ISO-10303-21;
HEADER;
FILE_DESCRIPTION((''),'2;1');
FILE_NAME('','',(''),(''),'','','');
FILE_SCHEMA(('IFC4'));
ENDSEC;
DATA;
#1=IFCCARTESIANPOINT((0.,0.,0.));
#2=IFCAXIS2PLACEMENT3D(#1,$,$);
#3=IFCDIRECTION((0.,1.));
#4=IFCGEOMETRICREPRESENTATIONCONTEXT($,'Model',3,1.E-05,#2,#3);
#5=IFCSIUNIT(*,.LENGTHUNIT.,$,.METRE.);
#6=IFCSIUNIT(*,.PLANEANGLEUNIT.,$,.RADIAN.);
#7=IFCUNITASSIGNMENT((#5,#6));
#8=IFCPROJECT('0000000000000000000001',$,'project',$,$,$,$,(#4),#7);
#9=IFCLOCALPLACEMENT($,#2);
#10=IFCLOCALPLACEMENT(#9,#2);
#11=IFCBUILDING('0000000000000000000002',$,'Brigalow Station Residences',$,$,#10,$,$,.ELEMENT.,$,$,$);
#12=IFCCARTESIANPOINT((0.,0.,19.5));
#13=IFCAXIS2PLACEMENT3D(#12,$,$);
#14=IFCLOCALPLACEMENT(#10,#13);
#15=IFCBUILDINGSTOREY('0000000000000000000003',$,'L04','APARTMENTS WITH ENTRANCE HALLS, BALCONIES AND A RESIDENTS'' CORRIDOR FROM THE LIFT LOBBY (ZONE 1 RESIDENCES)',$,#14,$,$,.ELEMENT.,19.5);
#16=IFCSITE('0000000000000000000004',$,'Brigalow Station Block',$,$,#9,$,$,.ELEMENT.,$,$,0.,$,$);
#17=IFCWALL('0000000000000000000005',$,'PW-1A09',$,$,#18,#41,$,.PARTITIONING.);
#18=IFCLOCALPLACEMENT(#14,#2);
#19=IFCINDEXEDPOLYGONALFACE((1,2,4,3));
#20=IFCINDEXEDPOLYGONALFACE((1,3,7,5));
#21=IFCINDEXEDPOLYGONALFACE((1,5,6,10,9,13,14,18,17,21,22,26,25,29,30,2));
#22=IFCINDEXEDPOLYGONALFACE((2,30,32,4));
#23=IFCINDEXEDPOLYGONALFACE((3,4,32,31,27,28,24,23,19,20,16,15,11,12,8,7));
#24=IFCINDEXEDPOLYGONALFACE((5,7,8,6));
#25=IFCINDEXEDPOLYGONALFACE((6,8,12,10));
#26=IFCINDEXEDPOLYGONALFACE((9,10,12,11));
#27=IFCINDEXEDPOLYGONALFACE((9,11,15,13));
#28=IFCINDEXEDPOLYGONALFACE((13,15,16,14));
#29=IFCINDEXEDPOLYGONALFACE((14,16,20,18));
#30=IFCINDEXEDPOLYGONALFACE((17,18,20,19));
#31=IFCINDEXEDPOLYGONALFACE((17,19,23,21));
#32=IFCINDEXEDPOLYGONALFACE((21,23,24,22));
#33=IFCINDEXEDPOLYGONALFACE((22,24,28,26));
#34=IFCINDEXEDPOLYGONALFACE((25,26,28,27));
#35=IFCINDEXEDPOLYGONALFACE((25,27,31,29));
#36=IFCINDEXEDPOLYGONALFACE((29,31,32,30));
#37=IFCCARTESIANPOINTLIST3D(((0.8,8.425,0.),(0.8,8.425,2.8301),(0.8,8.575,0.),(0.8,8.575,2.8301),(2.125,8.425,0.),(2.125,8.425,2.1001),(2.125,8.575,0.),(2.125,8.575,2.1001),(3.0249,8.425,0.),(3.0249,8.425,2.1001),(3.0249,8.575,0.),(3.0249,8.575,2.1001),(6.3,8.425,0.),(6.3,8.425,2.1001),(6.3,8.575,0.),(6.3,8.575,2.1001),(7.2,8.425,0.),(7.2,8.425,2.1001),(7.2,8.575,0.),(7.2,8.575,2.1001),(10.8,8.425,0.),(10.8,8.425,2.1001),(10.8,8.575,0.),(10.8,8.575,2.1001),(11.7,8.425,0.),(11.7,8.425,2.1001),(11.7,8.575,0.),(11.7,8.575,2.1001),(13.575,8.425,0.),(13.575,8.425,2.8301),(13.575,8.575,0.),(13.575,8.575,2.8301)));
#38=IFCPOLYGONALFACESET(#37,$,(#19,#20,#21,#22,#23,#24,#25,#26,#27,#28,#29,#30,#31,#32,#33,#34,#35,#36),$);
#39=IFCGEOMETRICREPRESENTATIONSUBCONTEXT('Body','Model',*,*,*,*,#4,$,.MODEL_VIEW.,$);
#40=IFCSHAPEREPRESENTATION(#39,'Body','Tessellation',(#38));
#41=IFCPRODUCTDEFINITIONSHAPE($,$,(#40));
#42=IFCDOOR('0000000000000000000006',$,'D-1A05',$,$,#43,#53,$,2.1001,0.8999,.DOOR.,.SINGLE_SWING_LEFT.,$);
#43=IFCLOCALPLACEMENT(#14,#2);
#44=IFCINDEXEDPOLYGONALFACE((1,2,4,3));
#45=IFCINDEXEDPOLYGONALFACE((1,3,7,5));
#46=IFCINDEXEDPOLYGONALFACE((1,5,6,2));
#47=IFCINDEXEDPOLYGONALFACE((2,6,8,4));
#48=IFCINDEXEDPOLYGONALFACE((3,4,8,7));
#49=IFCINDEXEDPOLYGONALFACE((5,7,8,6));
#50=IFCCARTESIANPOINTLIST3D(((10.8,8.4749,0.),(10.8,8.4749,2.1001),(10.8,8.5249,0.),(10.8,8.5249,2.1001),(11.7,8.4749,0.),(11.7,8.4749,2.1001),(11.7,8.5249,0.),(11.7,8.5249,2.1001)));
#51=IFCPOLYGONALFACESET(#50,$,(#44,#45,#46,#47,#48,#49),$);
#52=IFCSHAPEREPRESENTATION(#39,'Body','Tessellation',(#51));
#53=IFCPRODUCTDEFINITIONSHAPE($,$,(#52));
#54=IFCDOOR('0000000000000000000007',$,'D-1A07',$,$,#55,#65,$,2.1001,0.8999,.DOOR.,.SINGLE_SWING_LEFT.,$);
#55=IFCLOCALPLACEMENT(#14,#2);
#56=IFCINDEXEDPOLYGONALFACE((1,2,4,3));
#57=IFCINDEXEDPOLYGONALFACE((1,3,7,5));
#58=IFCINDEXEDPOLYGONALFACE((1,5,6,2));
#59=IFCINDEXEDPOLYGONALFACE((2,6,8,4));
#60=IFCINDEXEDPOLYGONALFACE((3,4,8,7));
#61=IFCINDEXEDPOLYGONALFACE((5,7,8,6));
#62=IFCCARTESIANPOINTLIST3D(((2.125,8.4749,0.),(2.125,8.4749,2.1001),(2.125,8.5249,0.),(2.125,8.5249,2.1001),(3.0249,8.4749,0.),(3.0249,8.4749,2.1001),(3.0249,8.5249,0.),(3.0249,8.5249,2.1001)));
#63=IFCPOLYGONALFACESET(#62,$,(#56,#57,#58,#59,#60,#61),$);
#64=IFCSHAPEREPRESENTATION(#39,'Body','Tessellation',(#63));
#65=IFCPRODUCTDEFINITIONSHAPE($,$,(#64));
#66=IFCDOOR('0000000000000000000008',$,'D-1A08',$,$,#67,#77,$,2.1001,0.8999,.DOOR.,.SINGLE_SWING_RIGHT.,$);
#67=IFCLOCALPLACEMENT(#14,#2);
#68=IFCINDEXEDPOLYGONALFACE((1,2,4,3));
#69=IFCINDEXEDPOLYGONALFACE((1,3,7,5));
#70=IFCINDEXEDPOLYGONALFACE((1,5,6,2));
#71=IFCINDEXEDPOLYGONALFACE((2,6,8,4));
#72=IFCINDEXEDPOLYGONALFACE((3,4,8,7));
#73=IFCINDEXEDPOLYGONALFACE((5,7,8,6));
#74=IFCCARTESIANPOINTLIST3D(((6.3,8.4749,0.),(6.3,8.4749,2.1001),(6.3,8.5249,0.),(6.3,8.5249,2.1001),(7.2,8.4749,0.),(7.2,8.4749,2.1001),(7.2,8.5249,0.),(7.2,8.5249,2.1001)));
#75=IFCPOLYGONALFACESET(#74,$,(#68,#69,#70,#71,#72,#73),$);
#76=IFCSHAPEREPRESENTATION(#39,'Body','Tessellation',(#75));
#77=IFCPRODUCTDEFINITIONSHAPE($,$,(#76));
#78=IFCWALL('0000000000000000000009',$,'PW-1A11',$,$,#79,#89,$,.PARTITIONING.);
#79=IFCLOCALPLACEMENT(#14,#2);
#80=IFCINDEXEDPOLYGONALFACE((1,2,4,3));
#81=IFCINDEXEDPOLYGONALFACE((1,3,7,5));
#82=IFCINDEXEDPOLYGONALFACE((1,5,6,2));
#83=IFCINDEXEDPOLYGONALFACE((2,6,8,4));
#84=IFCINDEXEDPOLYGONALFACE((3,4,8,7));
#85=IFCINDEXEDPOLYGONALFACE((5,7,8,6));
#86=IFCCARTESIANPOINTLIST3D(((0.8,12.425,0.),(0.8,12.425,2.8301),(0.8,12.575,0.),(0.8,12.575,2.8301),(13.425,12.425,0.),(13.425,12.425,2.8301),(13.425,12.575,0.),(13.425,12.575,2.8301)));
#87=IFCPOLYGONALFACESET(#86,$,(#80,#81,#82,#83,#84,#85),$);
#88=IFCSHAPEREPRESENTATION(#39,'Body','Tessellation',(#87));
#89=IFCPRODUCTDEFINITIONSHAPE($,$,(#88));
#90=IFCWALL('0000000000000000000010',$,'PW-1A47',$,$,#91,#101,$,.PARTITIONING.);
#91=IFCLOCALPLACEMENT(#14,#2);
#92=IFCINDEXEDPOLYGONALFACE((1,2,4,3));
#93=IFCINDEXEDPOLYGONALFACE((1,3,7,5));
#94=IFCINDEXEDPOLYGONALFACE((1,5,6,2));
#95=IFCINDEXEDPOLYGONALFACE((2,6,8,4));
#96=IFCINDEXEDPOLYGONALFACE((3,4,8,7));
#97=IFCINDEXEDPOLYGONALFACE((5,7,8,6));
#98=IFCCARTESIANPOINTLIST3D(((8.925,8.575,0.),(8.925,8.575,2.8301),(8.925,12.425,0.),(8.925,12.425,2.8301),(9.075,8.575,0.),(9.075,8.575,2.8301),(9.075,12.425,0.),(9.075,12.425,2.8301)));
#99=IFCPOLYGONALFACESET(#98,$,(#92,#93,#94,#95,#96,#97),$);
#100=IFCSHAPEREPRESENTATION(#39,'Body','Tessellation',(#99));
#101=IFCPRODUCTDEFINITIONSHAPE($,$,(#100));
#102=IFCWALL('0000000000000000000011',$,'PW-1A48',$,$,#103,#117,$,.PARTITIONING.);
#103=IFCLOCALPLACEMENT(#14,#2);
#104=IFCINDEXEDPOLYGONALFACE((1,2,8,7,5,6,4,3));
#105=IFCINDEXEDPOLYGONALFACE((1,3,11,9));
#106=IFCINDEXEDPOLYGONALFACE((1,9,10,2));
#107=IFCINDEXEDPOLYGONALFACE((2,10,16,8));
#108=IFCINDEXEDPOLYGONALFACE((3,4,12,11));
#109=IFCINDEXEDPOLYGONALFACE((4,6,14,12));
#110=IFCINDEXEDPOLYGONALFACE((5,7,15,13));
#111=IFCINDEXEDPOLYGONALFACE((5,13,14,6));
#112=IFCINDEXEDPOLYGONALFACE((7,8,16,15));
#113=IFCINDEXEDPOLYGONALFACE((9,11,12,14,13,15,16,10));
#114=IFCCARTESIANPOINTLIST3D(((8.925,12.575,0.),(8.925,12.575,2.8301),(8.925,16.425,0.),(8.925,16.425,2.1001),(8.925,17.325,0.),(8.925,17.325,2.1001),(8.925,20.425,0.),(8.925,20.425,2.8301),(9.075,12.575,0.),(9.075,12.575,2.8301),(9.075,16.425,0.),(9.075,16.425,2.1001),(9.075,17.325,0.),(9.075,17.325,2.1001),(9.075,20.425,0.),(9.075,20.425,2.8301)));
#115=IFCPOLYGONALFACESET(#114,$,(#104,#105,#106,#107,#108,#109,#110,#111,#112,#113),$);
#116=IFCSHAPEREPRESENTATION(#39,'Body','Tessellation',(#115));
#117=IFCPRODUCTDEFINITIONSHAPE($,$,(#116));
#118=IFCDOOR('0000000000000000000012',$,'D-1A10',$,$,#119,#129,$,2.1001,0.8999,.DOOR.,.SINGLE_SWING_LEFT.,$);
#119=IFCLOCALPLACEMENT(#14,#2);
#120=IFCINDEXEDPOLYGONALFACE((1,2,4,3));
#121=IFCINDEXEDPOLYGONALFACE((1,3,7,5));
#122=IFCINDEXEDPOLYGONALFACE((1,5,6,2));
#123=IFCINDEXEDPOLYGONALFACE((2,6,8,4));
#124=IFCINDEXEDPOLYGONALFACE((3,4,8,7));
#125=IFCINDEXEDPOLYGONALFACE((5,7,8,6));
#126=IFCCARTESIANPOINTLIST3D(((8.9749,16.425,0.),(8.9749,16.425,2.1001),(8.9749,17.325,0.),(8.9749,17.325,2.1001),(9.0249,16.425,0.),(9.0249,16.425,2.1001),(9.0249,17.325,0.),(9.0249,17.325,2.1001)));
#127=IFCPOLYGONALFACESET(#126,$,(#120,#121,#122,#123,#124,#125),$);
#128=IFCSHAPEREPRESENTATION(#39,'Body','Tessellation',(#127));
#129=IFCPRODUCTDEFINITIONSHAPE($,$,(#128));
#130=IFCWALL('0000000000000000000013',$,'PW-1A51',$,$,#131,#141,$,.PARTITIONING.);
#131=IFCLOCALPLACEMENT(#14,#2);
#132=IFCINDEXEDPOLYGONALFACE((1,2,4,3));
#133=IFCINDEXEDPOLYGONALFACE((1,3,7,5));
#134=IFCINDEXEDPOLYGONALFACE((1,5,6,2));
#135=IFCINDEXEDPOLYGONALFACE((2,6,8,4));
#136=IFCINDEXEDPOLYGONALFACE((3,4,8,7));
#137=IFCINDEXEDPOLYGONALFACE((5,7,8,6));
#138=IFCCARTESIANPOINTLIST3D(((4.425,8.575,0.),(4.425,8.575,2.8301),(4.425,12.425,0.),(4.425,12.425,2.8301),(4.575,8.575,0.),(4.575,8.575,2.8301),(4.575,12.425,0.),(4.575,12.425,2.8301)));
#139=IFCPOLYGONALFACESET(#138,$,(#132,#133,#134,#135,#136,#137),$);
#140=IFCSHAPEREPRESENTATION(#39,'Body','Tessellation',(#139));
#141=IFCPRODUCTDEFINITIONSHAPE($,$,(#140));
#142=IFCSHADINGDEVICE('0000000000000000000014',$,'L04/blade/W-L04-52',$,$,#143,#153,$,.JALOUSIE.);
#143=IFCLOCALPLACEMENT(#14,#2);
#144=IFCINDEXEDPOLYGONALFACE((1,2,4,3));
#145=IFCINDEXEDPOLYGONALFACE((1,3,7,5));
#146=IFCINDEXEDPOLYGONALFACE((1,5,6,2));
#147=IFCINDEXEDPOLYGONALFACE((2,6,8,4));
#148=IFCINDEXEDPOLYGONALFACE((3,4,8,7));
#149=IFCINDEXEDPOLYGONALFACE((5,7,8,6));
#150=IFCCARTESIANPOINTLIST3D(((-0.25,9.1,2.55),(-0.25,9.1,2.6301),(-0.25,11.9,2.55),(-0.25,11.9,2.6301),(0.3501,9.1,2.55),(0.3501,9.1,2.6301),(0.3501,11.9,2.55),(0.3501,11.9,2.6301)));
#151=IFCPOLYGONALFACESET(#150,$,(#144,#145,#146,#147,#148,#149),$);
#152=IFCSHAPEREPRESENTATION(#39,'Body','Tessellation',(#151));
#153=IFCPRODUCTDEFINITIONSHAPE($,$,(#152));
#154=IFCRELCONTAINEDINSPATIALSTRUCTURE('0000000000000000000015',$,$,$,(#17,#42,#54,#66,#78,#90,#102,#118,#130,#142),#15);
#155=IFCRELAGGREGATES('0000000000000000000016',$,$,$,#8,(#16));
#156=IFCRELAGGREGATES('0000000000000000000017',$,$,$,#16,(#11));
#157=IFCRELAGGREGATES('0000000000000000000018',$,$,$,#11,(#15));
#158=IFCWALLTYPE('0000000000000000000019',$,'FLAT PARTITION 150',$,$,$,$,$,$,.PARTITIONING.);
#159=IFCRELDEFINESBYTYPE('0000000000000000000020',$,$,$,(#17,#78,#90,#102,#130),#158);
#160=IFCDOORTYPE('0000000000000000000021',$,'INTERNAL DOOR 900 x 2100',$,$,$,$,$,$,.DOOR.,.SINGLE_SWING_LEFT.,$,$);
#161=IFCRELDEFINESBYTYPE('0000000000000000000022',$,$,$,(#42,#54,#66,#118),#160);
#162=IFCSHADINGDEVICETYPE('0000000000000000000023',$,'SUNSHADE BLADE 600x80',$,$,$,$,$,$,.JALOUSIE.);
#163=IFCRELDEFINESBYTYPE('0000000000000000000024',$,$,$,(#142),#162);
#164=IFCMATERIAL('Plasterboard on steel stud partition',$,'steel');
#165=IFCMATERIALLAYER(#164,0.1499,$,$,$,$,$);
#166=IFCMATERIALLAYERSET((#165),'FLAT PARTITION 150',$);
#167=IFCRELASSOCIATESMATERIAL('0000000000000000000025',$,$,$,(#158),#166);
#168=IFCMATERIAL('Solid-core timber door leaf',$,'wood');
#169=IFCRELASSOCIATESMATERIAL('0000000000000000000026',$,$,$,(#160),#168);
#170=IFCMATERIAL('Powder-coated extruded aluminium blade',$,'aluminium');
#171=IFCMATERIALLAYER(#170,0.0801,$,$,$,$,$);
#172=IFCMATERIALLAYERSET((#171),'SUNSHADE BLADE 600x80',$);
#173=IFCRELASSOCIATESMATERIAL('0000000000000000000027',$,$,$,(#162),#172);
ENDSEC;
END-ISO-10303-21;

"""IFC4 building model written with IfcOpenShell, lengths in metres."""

from ifc_helpers import new_model, si_unit, direction, frame, frame_2d, origin, origin_2d, place, context, subcontext, project, spatial, rectangle, extrude, material, layer, layer_set, type_object, element, fill, save


model = new_model("IFC4")

# Units and contexts
model_context = context("Model", 3, precision=1e-05, world=origin(), true_north=direction((0.0, 1.0)))
body_context = subcontext(model_context, "Body", "Model", "MODEL_VIEW")
ifc_project = project(units=[si_unit("LENGTHUNIT", "METRE"), si_unit("PLANEANGLEUNIT", "RADIAN")], contexts=[model_context])

# Site, building, storey
site_placement = place(None, origin())
site = spatial("IfcSite", under=ifc_project, at=site_placement, Name="Brigalow Station Block", CompositionType="ELEMENT", RefElevation=0.0)
building_placement = place(site_placement, origin())
building = spatial("IfcBuilding", under=site, at=building_placement, Name="Brigalow Station Residences", CompositionType="ELEMENT")
storey_placement = place(building_placement, frame((0.0, 0.0, 19.5)))
storey = spatial("IfcBuildingStorey", under=building, at=storey_placement, Name="L04", Description="APARTMENTS WITH ENTRANCE HALLS, BALCONIES AND A RESIDENTS' CORRIDOR FROM THE LIFT LOBBY (ZONE 1 RESIDENCES)", CompositionType="ELEMENT", Elevation=19.5)

# Wall, openings, doors
ifc_material_1 = material(Name="Plasterboard on steel stud partition", Category="steel")
ifc_layer_1 = layer(ifc_material_1, 0.1499)
ifc_layer_set_1 = layer_set([ifc_layer_1], Name="FLAT PARTITION 150")
wall_type_1 = type_object("IfcWallType", Name="FLAT PARTITION 150", PredefinedType="PARTITIONING", material=ifc_layer_set_1)
wall_1_placement = place(storey_placement, frame((0.8, 8.5, 0.0), z_axis=(0.0, 0.0, 1.0), x_axis=(1.0, 0.0, 0.0)))
wall_1 = element("IfcWall", 1, at=wall_1_placement, inside=storey, type_object=wall_type_1, Name="PW-1A09", PredefinedType="PARTITIONING", context=body_context, shape_type="SweptSolid", body=[
    extrude(rectangle(XDim=12.7749, YDim=0.1499, at=frame_2d((6.3875, 0.0))), origin(), (0.0, 0.0, 1.0), 2.8301),
])
opening_1_placement = place(wall_1_placement, frame((10.0, 0.0, 0.0)))
opening_1 = element("IfcOpeningElement", 2, at=opening_1_placement, cuts=wall_1, PredefinedType="OPENING", context=body_context, shape_type="SweptSolid", body=[
    extrude(rectangle(XDim=0.8999, YDim=2.1001, at=frame_2d((0.45, 1.05))), frame((0.0, 0.085, 0.0), z_axis=(0.0, -1.0, 0.0), x_axis=(1.0, 0.0, 0.0)), (0.0, 0.0, 1.0), 0.1699),
])
opening_2_placement = place(wall_1_placement, frame((1.325, 0.0, 0.0)))
opening_2 = element("IfcOpeningElement", 3, at=opening_2_placement, cuts=wall_1, PredefinedType="OPENING", context=body_context, shape_type="SweptSolid", body=[
    extrude(rectangle(XDim=0.8999, YDim=2.1001, at=frame_2d((0.45, 1.05))), frame((0.0, 0.085, 0.0), z_axis=(0.0, -1.0, 0.0), x_axis=(1.0, 0.0, 0.0)), (0.0, 0.0, 1.0), 0.1699),
])
opening_3_placement = place(wall_1_placement, frame((5.5, 0.0, 0.0)))
opening_3 = element("IfcOpeningElement", 4, at=opening_3_placement, cuts=wall_1, PredefinedType="OPENING", context=body_context, shape_type="SweptSolid", body=[
    extrude(rectangle(XDim=0.8999, YDim=2.1001, at=frame_2d((0.45, 1.05))), frame((0.0, 0.085, 0.0), z_axis=(0.0, -1.0, 0.0), x_axis=(1.0, 0.0, 0.0)), (0.0, 0.0, 1.0), 0.1699),
])
ifc_material_2 = material(Name="Solid-core timber door leaf", Category="wood")
door_type = type_object("IfcDoorType", Name="INTERNAL DOOR 900 x 2100", OperationType="SINGLE_SWING_LEFT", PredefinedType="DOOR", material=ifc_material_2)
door_1_placement = place(opening_1_placement, origin())
door_1 = element("IfcDoor", 5, at=door_1_placement, inside=storey, type_object=door_type, Name="D-1A05", OperationType="SINGLE_SWING_LEFT", OverallHeight=2.1001, OverallWidth=0.8999, PredefinedType="DOOR", context=body_context, shape_type="SweptSolid", body=[
    extrude(rectangle(XDim=0.8999, YDim=2.1001, at=frame_2d((0.45, 1.05))), frame((0.0, 0.0249, 0.0), z_axis=(0.0, -1.0, 0.0), x_axis=(1.0, 0.0, 0.0)), (0.0, 0.0, 1.0), 0.05),
])
fill(opening_1, door_1)
door_2_placement = place(opening_2_placement, origin())
door_2 = element("IfcDoor", 6, at=door_2_placement, inside=storey, type_object=door_type, Name="D-1A07", OperationType="SINGLE_SWING_LEFT", OverallHeight=2.1001, OverallWidth=0.8999, PredefinedType="DOOR", context=body_context, shape_type="SweptSolid", body=[
    extrude(rectangle(XDim=0.8999, YDim=2.1001, at=frame_2d((0.45, 1.05))), frame((0.0, 0.0249, 0.0), z_axis=(0.0, -1.0, 0.0), x_axis=(1.0, 0.0, 0.0)), (0.0, 0.0, 1.0), 0.05),
])
fill(opening_2, door_2)
door_3_placement = place(opening_3_placement, origin())
door_3 = element("IfcDoor", 7, at=door_3_placement, inside=storey, type_object=door_type, Name="D-1A08", OperationType="SINGLE_SWING_RIGHT", OverallHeight=2.1001, OverallWidth=0.8999, PredefinedType="DOOR", context=body_context, shape_type="SweptSolid", body=[
    extrude(rectangle(XDim=0.8999, YDim=2.1001, at=frame_2d((0.45, 1.05))), frame((0.0, 0.0249, 0.0), z_axis=(0.0, -1.0, 0.0), x_axis=(1.0, 0.0, 0.0)), (0.0, 0.0, 1.0), 0.05),
])
fill(opening_3, door_3)

# Walls
wall_2_placement = place(storey_placement, frame((0.8, 12.5, 0.0), z_axis=(0.0, 0.0, 1.0), x_axis=(1.0, 0.0, 0.0)))
element("IfcWall", 8, at=wall_2_placement, inside=storey, type_object=wall_type_1, Name="PW-1A11", PredefinedType="PARTITIONING", context=body_context, shape_type="SweptSolid", body=[
    extrude(rectangle(XDim=12.625, YDim=0.1499, at=frame_2d((6.3125, 0.0))), origin(), (0.0, 0.0, 1.0), 2.8301),
])
wall_3_placement = place(storey_placement, frame((9.0, 8.575, 0.0), z_axis=(0.0, 0.0, 1.0), x_axis=(0.0, 1.0, 0.0)))
element("IfcWall", 9, at=wall_3_placement, inside=storey, type_object=wall_type_1, Name="PW-1A47", PredefinedType="PARTITIONING", context=body_context, shape_type="SweptSolid", body=[
    extrude(rectangle(XDim=3.8501, YDim=0.1499, at=frame_2d((1.925, 0.0))), origin(), (0.0, 0.0, 1.0), 2.8301),
])

# Wall, opening, door
wall_4_placement = place(storey_placement, frame((9.0, 12.575, 0.0), z_axis=(0.0, 0.0, 1.0), x_axis=(0.0, 1.0, 0.0)))
wall_4 = element("IfcWall", 10, at=wall_4_placement, inside=storey, type_object=wall_type_1, Name="PW-1A48", PredefinedType="PARTITIONING", context=body_context, shape_type="SweptSolid", body=[
    extrude(rectangle(XDim=7.8501, YDim=0.1499, at=frame_2d((3.925, 0.0))), origin(), (0.0, 0.0, 1.0), 2.8301),
])
opening_4_placement = place(wall_4_placement, frame((3.8501, 0.0, 0.0)))
opening_4 = element("IfcOpeningElement", 11, at=opening_4_placement, cuts=wall_4, PredefinedType="OPENING", context=body_context, shape_type="SweptSolid", body=[
    extrude(rectangle(XDim=0.8999, YDim=2.1001, at=frame_2d((0.45, 1.05))), frame((0.0, 0.085, 0.0), z_axis=(0.0, -1.0, 0.0), x_axis=(1.0, 0.0, 0.0)), (0.0, 0.0, 1.0), 0.1699),
])
door_4_placement = place(opening_4_placement, frame((0.8999, 0.0, 0.0), z_axis=(0.0, 0.0, 1.0), x_axis=(-1.0, 0.0, 0.0)))
door_4 = element("IfcDoor", 12, at=door_4_placement, inside=storey, type_object=door_type, Name="D-1A10", OperationType="SINGLE_SWING_LEFT", OverallHeight=2.1001, OverallWidth=0.8999, PredefinedType="DOOR", context=body_context, shape_type="SweptSolid", body=[
    extrude(rectangle(XDim=0.8999, YDim=2.1001, at=frame_2d((0.45, 1.05))), frame((0.0, 0.0249, 0.0), z_axis=(0.0, -1.0, 0.0), x_axis=(1.0, 0.0, 0.0)), (0.0, 0.0, 1.0), 0.05),
])
fill(opening_4, door_4)

# Wall
wall_5_placement = place(storey_placement, frame((4.5, 8.575, 0.0), z_axis=(0.0, 0.0, 1.0), x_axis=(0.0, 1.0, 0.0)))
element("IfcWall", 13, at=wall_5_placement, inside=storey, type_object=wall_type_1, Name="PW-1A51", PredefinedType="PARTITIONING", context=body_context, shape_type="SweptSolid", body=[
    extrude(rectangle(XDim=3.8501, YDim=0.1499, at=frame_2d((1.925, 0.0))), origin(), (0.0, 0.0, 1.0), 2.8301),
])

# Shading device
ifc_material_3 = material(Name="Powder-coated extruded aluminium blade", Category="aluminium")
ifc_layer_2 = layer(ifc_material_3, 0.0801)
ifc_layer_set_2 = layer_set([ifc_layer_2], Name="SUNSHADE BLADE 600x80")
shading_device_type = type_object("IfcShadingDeviceType", Name="SUNSHADE BLADE 600x80", PredefinedType="JALOUSIE", material=ifc_layer_set_2)
shading_device_placement = place(storey_placement, frame((0.05, 10.5, 2.55), z_axis=(0.0, 0.0, 1.0), x_axis=(0.0, -1.0, 0.0)))
element("IfcShadingDevice", 14, at=shading_device_placement, inside=storey, type_object=shading_device_type, Name="L04/blade/W-L04-52", PredefinedType="JALOUSIE", context=body_context, shape_type="SweptSolid", body=[
    extrude(rectangle(XDim=2.8, YDim=0.6001, at=origin_2d()), origin(), (0.0, 0.0, 1.0), 0.0801),
])

save(model, "model.ifc")
